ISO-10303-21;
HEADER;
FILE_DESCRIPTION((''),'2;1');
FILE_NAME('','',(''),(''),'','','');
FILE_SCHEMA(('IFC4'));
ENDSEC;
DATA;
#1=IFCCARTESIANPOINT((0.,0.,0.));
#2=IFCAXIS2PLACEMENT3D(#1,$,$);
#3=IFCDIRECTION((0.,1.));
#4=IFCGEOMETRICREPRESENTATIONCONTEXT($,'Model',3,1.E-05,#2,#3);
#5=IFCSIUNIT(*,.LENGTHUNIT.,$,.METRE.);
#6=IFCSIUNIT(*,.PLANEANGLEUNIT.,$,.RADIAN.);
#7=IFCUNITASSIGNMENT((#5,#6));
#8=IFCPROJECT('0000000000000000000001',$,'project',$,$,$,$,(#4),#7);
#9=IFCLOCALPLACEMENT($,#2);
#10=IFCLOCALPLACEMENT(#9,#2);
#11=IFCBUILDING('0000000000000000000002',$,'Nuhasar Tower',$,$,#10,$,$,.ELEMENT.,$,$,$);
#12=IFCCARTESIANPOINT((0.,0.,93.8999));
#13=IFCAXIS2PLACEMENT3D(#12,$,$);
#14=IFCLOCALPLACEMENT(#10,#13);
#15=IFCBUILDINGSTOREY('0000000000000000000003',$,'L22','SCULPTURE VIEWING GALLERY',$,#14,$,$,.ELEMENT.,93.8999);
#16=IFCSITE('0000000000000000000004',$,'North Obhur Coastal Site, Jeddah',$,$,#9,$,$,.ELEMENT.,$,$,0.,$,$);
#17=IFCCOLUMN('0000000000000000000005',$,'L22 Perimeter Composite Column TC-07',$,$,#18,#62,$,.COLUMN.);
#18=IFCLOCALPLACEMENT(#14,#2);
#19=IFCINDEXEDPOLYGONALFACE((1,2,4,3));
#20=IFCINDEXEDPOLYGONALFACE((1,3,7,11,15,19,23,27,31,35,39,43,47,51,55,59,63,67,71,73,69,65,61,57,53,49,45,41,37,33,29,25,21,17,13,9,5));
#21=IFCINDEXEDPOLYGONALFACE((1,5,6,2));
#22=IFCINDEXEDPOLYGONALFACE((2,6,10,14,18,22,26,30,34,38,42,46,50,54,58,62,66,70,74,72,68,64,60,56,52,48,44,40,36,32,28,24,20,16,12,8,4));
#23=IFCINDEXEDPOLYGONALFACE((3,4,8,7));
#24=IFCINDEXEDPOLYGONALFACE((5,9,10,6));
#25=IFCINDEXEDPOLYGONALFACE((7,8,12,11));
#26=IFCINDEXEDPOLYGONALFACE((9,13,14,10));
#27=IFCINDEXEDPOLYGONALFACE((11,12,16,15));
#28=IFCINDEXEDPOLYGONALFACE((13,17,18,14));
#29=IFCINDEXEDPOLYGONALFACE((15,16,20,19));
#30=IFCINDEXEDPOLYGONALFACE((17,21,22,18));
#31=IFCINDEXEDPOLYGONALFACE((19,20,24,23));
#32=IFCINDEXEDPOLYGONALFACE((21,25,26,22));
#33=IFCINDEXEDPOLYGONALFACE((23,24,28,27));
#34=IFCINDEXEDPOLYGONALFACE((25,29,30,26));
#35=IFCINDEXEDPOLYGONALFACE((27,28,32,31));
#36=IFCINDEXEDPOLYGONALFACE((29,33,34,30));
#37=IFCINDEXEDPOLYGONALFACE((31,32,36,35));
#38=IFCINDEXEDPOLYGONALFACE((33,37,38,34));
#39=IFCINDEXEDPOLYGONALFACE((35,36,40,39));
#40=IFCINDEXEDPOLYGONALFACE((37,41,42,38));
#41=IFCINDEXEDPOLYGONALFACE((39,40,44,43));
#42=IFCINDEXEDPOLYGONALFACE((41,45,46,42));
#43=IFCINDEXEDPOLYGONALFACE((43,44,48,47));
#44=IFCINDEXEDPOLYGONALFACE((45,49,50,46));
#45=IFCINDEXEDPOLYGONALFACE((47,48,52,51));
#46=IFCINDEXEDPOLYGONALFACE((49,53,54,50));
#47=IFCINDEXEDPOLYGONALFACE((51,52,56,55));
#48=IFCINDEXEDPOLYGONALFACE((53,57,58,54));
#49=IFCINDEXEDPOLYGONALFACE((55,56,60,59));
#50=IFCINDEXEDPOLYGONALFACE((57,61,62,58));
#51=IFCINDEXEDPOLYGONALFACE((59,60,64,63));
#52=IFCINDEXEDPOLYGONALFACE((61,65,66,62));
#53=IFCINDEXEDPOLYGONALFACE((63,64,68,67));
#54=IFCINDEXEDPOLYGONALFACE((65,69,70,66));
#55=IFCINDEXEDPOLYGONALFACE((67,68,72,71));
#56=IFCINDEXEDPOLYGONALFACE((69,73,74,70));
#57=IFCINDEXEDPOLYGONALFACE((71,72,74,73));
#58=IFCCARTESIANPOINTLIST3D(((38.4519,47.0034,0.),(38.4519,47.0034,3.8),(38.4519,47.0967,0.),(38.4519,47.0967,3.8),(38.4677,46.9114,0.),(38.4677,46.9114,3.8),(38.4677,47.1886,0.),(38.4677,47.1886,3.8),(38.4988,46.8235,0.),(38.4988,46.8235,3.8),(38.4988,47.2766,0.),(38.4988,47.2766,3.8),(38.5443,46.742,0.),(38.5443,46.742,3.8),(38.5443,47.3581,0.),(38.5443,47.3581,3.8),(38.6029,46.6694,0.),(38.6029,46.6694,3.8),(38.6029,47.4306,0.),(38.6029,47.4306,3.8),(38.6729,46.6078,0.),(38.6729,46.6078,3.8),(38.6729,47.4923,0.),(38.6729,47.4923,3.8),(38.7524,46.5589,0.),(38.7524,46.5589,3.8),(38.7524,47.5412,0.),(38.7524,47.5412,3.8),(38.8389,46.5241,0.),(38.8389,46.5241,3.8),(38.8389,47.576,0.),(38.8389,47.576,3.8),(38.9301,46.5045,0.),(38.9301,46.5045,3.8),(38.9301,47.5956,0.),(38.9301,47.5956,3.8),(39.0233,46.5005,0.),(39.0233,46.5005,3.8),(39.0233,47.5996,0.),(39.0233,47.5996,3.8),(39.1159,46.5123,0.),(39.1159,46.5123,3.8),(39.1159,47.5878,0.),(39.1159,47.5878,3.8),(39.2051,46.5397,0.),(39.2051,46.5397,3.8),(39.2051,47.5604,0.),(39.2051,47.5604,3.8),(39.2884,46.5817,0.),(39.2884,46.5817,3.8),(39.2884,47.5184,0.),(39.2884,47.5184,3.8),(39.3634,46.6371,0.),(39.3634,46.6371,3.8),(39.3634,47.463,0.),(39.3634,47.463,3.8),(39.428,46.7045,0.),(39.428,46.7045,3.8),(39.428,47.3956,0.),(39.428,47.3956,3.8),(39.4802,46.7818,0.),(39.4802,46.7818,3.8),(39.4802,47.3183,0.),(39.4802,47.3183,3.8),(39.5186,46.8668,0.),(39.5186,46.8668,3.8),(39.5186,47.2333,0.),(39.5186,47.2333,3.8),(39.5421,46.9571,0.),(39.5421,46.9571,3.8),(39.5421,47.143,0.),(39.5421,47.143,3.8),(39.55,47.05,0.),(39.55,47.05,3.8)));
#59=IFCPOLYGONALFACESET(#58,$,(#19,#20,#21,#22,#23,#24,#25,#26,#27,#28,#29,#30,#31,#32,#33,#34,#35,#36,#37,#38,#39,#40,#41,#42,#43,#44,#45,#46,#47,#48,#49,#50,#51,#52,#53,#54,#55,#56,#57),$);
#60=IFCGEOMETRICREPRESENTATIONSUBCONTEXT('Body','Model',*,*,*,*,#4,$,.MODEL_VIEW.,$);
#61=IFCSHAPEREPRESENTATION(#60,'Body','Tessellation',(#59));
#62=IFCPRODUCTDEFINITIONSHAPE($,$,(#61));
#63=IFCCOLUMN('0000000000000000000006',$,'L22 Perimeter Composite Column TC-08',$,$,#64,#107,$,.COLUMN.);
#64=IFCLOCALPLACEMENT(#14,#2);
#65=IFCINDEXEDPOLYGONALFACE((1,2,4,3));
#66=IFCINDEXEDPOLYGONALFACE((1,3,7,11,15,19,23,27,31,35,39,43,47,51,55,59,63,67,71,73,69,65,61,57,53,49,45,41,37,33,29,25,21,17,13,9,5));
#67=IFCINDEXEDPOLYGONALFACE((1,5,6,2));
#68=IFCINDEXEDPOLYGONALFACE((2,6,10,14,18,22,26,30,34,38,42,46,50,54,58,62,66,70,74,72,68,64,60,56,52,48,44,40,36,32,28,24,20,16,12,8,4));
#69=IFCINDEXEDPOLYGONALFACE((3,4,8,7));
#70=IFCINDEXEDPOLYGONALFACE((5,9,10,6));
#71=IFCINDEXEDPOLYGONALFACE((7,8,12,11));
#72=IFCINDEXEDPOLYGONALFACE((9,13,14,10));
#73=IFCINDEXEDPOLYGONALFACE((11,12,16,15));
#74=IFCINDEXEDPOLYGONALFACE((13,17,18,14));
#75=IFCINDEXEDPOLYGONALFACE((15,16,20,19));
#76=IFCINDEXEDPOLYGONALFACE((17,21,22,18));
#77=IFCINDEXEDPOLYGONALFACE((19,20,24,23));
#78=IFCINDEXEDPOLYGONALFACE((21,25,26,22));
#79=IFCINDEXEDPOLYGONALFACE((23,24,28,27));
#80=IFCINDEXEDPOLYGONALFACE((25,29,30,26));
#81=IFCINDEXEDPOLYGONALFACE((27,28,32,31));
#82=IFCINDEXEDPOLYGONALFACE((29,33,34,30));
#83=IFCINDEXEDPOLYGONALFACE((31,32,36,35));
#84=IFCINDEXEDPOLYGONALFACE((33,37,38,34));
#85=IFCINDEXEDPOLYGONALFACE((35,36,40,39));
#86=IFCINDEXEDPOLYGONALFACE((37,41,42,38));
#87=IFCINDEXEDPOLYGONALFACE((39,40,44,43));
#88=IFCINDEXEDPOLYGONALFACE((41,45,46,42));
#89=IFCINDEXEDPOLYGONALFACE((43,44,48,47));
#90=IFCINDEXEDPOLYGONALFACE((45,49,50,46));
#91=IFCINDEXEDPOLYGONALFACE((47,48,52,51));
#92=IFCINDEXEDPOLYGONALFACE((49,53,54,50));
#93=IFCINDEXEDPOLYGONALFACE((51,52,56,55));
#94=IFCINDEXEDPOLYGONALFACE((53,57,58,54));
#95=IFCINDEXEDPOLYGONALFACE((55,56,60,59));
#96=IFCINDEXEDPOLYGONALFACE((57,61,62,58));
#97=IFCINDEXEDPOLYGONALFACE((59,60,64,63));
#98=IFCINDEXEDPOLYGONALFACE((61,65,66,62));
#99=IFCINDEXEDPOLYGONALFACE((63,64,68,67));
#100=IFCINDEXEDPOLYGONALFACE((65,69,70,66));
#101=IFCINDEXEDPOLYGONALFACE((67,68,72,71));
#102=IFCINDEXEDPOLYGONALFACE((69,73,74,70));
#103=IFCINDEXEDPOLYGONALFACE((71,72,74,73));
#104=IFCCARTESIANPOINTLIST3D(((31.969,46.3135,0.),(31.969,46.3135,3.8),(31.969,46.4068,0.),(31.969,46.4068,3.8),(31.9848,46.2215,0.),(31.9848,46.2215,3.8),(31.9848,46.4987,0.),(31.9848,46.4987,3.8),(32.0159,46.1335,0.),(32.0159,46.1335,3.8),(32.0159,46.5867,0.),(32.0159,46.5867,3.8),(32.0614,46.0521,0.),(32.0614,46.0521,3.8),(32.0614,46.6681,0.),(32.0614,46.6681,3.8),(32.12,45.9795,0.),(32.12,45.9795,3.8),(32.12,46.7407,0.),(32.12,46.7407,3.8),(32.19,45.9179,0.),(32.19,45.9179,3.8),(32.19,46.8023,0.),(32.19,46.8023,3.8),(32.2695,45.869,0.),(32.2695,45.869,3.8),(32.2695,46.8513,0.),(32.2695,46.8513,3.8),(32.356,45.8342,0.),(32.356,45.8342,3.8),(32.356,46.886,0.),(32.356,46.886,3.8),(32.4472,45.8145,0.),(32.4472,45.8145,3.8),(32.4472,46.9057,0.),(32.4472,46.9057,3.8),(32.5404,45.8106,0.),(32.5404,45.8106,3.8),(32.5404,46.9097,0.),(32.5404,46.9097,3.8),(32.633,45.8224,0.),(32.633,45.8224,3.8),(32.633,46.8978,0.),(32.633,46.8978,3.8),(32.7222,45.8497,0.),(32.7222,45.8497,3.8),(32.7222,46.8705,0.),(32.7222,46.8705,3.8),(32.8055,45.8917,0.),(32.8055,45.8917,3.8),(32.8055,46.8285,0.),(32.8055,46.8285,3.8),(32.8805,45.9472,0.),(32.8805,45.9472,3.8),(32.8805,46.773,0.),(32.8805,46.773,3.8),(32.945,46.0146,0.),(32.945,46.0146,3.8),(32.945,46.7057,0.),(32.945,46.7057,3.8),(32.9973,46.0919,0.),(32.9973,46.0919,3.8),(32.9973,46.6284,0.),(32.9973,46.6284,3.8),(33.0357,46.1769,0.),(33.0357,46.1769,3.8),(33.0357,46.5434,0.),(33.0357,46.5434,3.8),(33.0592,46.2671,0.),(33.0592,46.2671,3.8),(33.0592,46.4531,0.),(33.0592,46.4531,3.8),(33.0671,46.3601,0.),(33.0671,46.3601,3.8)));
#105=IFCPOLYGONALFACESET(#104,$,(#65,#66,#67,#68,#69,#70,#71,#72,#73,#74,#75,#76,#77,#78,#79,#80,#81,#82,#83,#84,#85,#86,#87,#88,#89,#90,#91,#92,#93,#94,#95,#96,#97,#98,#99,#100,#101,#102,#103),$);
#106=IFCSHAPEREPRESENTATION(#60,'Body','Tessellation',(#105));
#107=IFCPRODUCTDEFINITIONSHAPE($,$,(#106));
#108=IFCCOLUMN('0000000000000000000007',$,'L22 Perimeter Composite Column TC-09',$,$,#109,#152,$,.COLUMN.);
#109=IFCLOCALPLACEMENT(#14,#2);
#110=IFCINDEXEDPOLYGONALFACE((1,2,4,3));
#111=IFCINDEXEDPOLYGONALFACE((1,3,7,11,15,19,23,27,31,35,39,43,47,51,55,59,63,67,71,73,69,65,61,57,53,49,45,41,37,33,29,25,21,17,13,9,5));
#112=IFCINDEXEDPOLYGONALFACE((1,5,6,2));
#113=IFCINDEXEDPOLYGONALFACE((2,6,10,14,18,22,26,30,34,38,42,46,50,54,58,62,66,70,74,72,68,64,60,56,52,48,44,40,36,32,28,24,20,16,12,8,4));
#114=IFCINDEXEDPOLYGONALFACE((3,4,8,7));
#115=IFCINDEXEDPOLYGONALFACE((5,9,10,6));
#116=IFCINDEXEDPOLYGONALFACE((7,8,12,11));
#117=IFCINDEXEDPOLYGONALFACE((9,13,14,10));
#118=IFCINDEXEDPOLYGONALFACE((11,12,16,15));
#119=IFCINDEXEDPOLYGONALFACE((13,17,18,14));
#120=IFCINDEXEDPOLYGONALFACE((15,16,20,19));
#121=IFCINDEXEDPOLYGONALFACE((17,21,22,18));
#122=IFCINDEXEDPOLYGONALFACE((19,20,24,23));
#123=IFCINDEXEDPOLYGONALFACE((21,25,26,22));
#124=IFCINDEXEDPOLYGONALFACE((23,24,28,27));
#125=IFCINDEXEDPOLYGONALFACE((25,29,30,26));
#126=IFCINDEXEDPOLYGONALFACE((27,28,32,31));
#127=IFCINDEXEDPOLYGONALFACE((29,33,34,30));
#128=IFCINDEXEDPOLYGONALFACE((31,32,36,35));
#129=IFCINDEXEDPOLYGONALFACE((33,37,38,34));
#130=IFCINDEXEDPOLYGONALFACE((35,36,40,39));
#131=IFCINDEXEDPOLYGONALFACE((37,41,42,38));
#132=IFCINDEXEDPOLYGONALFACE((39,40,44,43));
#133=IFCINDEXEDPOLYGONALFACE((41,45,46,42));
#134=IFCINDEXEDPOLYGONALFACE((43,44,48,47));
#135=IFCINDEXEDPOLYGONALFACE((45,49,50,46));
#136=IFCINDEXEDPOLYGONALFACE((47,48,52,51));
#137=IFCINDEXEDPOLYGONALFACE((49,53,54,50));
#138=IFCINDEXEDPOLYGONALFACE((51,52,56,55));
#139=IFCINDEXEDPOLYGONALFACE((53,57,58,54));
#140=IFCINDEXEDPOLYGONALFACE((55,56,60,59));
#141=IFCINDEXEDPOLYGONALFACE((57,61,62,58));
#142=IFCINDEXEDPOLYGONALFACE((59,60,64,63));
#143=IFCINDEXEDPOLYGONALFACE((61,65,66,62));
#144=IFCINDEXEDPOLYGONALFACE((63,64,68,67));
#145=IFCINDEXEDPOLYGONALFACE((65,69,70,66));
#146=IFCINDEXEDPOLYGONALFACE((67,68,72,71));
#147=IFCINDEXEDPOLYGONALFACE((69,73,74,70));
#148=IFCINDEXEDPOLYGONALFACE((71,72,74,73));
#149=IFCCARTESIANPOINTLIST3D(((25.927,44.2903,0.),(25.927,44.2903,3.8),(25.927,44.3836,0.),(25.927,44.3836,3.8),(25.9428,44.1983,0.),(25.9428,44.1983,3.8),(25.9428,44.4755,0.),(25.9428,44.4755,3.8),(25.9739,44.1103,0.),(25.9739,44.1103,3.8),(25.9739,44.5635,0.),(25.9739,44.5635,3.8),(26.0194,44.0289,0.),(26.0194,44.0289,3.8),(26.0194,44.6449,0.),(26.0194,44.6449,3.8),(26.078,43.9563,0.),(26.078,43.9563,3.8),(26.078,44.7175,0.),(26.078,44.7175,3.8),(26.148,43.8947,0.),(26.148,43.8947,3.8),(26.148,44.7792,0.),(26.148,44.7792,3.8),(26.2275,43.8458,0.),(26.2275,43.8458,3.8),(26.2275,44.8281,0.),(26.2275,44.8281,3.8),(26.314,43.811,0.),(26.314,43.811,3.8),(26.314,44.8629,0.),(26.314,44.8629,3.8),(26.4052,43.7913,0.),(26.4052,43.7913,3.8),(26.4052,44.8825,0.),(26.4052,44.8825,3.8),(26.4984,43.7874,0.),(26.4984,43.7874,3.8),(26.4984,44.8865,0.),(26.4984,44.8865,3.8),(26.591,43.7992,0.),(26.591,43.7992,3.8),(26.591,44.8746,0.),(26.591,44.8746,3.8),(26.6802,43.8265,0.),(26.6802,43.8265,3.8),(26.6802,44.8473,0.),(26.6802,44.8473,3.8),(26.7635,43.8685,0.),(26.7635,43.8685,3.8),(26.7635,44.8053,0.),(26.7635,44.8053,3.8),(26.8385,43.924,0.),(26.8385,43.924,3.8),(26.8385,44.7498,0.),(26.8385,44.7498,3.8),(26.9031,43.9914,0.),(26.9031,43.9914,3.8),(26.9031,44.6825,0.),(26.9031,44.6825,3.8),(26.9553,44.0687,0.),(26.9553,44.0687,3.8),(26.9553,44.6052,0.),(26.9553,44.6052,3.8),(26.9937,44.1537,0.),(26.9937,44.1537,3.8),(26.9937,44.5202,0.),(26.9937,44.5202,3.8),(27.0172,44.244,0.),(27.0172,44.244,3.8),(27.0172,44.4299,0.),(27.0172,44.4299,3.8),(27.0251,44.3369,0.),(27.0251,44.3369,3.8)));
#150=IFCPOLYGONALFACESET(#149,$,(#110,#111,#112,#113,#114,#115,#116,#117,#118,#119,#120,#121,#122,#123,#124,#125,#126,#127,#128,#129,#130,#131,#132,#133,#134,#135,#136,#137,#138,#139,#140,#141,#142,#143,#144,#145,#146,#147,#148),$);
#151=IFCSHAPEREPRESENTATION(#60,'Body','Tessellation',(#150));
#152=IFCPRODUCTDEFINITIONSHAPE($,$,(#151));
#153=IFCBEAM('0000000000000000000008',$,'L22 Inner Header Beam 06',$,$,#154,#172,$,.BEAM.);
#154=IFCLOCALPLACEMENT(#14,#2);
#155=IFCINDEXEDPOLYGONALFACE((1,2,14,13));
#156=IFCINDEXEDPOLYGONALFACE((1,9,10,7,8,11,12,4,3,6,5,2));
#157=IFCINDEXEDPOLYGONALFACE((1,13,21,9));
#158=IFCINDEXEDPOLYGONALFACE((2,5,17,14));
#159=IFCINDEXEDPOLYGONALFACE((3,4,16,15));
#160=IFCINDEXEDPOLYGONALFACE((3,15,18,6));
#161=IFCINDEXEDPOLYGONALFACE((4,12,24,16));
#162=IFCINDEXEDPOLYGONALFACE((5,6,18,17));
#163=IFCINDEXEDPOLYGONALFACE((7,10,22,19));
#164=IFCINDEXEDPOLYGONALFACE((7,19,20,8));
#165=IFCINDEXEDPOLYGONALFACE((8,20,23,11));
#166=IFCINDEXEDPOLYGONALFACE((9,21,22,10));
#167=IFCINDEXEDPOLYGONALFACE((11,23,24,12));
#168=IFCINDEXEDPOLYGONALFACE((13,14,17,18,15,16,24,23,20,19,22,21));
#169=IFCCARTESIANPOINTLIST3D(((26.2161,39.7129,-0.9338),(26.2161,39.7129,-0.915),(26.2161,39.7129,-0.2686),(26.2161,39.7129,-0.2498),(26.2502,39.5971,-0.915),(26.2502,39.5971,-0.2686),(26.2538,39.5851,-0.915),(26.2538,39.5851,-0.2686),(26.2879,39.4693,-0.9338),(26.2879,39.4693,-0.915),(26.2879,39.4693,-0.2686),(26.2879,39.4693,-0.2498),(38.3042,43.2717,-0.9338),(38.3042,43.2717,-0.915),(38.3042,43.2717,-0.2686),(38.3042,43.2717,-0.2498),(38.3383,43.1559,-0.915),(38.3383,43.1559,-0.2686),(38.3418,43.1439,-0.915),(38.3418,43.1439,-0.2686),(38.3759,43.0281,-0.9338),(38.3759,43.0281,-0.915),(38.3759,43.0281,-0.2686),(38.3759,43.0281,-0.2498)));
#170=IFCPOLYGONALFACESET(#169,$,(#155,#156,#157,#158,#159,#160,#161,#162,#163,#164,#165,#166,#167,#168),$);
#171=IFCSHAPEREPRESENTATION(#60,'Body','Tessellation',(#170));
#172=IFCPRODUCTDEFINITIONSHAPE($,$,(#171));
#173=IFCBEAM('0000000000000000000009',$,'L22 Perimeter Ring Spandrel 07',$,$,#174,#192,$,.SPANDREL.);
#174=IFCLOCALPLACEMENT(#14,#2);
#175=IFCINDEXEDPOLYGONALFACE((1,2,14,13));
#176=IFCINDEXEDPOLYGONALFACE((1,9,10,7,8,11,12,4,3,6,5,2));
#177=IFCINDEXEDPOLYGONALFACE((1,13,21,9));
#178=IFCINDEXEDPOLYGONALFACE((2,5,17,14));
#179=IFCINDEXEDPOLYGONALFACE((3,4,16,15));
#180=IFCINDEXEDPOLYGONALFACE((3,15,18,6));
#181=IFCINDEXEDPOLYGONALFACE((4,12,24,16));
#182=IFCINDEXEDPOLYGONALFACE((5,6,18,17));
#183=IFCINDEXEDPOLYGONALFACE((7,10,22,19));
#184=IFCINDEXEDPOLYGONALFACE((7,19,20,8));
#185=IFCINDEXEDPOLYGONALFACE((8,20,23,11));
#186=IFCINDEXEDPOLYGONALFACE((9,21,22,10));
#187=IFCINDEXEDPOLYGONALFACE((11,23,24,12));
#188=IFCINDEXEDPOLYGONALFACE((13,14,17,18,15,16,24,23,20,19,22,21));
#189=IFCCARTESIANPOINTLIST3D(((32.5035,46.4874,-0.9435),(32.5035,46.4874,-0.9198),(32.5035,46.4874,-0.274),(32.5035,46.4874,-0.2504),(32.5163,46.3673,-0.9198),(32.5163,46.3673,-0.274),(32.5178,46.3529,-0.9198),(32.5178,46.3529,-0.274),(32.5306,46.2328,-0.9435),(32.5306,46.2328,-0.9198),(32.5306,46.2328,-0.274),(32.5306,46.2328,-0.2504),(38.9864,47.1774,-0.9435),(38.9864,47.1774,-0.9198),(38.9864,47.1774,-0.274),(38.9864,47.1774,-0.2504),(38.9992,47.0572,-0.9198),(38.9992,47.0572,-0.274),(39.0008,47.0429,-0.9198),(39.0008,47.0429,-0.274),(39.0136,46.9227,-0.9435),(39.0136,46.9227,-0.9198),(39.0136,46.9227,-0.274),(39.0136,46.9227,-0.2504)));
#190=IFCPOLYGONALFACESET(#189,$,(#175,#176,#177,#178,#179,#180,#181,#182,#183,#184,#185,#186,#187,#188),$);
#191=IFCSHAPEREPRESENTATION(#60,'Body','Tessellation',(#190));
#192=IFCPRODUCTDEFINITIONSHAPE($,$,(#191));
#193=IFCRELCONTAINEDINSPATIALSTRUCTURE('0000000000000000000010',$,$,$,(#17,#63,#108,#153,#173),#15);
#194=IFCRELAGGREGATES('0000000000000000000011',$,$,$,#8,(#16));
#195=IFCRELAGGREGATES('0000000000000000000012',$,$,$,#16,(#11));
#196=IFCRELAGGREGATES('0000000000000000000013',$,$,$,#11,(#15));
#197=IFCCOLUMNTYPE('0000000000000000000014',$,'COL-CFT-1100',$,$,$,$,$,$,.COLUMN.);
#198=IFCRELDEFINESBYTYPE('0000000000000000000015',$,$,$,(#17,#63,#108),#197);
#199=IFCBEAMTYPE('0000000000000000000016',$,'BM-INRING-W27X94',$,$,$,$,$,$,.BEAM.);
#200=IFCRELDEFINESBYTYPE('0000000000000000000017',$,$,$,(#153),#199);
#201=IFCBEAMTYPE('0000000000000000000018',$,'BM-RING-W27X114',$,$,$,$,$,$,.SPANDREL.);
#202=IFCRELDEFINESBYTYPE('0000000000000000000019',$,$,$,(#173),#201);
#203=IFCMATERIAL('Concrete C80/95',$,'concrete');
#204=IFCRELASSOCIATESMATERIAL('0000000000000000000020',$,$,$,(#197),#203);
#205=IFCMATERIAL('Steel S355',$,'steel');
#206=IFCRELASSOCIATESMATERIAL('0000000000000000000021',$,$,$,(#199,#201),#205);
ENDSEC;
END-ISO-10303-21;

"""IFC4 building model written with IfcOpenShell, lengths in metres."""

from ifc_helpers import new_model, si_unit, direction, frame, origin, origin_2d, place, context, subcontext, project, spatial, circle, i_section, extrude, material, material_profile, profile_set, type_object, element, save


model = new_model("IFC4")

# Units and contexts
model_context = context("Model", 3, precision=1e-05, world=origin(), true_north=direction((0.0, 1.0)))
body_context = subcontext(model_context, "Body", "Model", "MODEL_VIEW")
ifc_project = project(units=[si_unit("LENGTHUNIT", "METRE"), si_unit("PLANEANGLEUNIT", "RADIAN")], contexts=[model_context])

# Site, building, storey
site_placement = place(None, origin())
site = spatial("IfcSite", under=ifc_project, at=site_placement, Name="North Obhur Coastal Site, Jeddah", CompositionType="ELEMENT", RefElevation=0.0)
building_placement = place(site_placement, origin())
building = spatial("IfcBuilding", under=site, at=building_placement, Name="Nuhasar Tower", CompositionType="ELEMENT")
storey_placement = place(building_placement, frame((0.0, 0.0, 93.8999)))
storey = spatial("IfcBuildingStorey", under=building, at=storey_placement, Name="L22", Description="SCULPTURE VIEWING GALLERY", CompositionType="ELEMENT", Elevation=93.8999)

# Columns
ifc_material_1 = material(Name="Concrete C80/95", Category="concrete")
ifc_material_profile_1 = material_profile(ifc_material_1, circle(Radius=0.55, at=origin_2d()), Name="CFT1100")
ifc_profile_set_1 = profile_set([ifc_material_profile_1], Name="Concrete C80/95")
column_type = type_object("IfcColumnType", Name="COL-CFT-1100", PredefinedType="COLUMN", material=ifc_profile_set_1)
for number, where, z_axis, x_axis, name in (
    (1, (39.0, 47.05, 0.0), (0.0, 0.0, 1.0), (1.0, 0.0, 0.0), "L22 Perimeter Composite Column TC-07"),
    (2, (32.5171, 46.3601, 0.0), (0.0, 0.0, 1.0), (1.0, 0.0, 0.0), "L22 Perimeter Composite Column TC-08"),
    (3, (26.4751, 44.3369, 0.0), (0.0, 0.0, 1.0), (1.0, 0.0, 0.0), "L22 Perimeter Composite Column TC-09"),
):
    element("IfcColumn", number, at=place(storey_placement, frame(where, z_axis=z_axis, x_axis=x_axis)), inside=storey, type_object=column_type, Name=name, PredefinedType="COLUMN", context=body_context, shape_type="SweptSolid", body=[
        extrude(circle(Radius=0.55, at=origin_2d()), origin(), (0.0, 0.0, 1.0), 3.8),
    ])

# Beams
ifc_material_2 = material(Name="Steel S355", Category="steel")
ifc_material_profile_2 = material_profile(ifc_material_2, i_section(OverallWidth=0.2539, OverallDepth=0.6841, WebThickness=0.0125, FlangeThickness=0.0188, at=origin_2d()), Name="W27X94")
ifc_profile_set_2 = profile_set([ifc_material_profile_2], Name="Steel S355")
beam_type_1 = type_object("IfcBeamType", Name="BM-INRING-W27X94", PredefinedType="BEAM", material=ifc_profile_set_2)
beam_1_placement = place(storey_placement, frame((38.3401, 43.1499, -0.5918), z_axis=(-0.95929, -0.282422, 0.0), x_axis=(0.282422, -0.95929, 0.0)))
element("IfcBeam", 4, at=beam_1_placement, inside=storey, type_object=beam_type_1, Name="L22 Inner Header Beam 06", PredefinedType="BEAM", context=body_context, shape_type="SweptSolid", body=[
    extrude(i_section(OverallWidth=0.2539, OverallDepth=0.6841, WebThickness=0.0125, FlangeThickness=0.0188, at=origin_2d()), origin(), (0.0, 0.0, 1.0), 12.6011),
])
ifc_material_profile_3 = material_profile(ifc_material_2, i_section(OverallWidth=0.2561, OverallDepth=0.6931, WebThickness=0.0144, FlangeThickness=0.0237, at=origin_2d()), Name="W27X114")
ifc_profile_set_3 = profile_set([ifc_material_profile_3], Name="Steel S355")
beam_type_2 = type_object("IfcBeamType", Name="BM-RING-W27X114", PredefinedType="SPANDREL", material=ifc_profile_set_3)
beam_2_placement = place(storey_placement, frame((39.0, 47.05, -0.5969), z_axis=(-0.994385, -0.105827, 0.0), x_axis=(0.105827, -0.994385, 0.0)))
element("IfcBeam", 5, at=beam_2_placement, inside=storey, type_object=beam_type_2, Name="L22 Perimeter Ring Spandrel 07", PredefinedType="SPANDREL", context=body_context, shape_type="SweptSolid", body=[
    extrude(i_section(OverallWidth=0.2561, OverallDepth=0.6931, WebThickness=0.0144, FlangeThickness=0.0237, at=origin_2d()), origin(), (0.0, 0.0, 1.0), 6.5195),
])

save(model, "model.ifc")
